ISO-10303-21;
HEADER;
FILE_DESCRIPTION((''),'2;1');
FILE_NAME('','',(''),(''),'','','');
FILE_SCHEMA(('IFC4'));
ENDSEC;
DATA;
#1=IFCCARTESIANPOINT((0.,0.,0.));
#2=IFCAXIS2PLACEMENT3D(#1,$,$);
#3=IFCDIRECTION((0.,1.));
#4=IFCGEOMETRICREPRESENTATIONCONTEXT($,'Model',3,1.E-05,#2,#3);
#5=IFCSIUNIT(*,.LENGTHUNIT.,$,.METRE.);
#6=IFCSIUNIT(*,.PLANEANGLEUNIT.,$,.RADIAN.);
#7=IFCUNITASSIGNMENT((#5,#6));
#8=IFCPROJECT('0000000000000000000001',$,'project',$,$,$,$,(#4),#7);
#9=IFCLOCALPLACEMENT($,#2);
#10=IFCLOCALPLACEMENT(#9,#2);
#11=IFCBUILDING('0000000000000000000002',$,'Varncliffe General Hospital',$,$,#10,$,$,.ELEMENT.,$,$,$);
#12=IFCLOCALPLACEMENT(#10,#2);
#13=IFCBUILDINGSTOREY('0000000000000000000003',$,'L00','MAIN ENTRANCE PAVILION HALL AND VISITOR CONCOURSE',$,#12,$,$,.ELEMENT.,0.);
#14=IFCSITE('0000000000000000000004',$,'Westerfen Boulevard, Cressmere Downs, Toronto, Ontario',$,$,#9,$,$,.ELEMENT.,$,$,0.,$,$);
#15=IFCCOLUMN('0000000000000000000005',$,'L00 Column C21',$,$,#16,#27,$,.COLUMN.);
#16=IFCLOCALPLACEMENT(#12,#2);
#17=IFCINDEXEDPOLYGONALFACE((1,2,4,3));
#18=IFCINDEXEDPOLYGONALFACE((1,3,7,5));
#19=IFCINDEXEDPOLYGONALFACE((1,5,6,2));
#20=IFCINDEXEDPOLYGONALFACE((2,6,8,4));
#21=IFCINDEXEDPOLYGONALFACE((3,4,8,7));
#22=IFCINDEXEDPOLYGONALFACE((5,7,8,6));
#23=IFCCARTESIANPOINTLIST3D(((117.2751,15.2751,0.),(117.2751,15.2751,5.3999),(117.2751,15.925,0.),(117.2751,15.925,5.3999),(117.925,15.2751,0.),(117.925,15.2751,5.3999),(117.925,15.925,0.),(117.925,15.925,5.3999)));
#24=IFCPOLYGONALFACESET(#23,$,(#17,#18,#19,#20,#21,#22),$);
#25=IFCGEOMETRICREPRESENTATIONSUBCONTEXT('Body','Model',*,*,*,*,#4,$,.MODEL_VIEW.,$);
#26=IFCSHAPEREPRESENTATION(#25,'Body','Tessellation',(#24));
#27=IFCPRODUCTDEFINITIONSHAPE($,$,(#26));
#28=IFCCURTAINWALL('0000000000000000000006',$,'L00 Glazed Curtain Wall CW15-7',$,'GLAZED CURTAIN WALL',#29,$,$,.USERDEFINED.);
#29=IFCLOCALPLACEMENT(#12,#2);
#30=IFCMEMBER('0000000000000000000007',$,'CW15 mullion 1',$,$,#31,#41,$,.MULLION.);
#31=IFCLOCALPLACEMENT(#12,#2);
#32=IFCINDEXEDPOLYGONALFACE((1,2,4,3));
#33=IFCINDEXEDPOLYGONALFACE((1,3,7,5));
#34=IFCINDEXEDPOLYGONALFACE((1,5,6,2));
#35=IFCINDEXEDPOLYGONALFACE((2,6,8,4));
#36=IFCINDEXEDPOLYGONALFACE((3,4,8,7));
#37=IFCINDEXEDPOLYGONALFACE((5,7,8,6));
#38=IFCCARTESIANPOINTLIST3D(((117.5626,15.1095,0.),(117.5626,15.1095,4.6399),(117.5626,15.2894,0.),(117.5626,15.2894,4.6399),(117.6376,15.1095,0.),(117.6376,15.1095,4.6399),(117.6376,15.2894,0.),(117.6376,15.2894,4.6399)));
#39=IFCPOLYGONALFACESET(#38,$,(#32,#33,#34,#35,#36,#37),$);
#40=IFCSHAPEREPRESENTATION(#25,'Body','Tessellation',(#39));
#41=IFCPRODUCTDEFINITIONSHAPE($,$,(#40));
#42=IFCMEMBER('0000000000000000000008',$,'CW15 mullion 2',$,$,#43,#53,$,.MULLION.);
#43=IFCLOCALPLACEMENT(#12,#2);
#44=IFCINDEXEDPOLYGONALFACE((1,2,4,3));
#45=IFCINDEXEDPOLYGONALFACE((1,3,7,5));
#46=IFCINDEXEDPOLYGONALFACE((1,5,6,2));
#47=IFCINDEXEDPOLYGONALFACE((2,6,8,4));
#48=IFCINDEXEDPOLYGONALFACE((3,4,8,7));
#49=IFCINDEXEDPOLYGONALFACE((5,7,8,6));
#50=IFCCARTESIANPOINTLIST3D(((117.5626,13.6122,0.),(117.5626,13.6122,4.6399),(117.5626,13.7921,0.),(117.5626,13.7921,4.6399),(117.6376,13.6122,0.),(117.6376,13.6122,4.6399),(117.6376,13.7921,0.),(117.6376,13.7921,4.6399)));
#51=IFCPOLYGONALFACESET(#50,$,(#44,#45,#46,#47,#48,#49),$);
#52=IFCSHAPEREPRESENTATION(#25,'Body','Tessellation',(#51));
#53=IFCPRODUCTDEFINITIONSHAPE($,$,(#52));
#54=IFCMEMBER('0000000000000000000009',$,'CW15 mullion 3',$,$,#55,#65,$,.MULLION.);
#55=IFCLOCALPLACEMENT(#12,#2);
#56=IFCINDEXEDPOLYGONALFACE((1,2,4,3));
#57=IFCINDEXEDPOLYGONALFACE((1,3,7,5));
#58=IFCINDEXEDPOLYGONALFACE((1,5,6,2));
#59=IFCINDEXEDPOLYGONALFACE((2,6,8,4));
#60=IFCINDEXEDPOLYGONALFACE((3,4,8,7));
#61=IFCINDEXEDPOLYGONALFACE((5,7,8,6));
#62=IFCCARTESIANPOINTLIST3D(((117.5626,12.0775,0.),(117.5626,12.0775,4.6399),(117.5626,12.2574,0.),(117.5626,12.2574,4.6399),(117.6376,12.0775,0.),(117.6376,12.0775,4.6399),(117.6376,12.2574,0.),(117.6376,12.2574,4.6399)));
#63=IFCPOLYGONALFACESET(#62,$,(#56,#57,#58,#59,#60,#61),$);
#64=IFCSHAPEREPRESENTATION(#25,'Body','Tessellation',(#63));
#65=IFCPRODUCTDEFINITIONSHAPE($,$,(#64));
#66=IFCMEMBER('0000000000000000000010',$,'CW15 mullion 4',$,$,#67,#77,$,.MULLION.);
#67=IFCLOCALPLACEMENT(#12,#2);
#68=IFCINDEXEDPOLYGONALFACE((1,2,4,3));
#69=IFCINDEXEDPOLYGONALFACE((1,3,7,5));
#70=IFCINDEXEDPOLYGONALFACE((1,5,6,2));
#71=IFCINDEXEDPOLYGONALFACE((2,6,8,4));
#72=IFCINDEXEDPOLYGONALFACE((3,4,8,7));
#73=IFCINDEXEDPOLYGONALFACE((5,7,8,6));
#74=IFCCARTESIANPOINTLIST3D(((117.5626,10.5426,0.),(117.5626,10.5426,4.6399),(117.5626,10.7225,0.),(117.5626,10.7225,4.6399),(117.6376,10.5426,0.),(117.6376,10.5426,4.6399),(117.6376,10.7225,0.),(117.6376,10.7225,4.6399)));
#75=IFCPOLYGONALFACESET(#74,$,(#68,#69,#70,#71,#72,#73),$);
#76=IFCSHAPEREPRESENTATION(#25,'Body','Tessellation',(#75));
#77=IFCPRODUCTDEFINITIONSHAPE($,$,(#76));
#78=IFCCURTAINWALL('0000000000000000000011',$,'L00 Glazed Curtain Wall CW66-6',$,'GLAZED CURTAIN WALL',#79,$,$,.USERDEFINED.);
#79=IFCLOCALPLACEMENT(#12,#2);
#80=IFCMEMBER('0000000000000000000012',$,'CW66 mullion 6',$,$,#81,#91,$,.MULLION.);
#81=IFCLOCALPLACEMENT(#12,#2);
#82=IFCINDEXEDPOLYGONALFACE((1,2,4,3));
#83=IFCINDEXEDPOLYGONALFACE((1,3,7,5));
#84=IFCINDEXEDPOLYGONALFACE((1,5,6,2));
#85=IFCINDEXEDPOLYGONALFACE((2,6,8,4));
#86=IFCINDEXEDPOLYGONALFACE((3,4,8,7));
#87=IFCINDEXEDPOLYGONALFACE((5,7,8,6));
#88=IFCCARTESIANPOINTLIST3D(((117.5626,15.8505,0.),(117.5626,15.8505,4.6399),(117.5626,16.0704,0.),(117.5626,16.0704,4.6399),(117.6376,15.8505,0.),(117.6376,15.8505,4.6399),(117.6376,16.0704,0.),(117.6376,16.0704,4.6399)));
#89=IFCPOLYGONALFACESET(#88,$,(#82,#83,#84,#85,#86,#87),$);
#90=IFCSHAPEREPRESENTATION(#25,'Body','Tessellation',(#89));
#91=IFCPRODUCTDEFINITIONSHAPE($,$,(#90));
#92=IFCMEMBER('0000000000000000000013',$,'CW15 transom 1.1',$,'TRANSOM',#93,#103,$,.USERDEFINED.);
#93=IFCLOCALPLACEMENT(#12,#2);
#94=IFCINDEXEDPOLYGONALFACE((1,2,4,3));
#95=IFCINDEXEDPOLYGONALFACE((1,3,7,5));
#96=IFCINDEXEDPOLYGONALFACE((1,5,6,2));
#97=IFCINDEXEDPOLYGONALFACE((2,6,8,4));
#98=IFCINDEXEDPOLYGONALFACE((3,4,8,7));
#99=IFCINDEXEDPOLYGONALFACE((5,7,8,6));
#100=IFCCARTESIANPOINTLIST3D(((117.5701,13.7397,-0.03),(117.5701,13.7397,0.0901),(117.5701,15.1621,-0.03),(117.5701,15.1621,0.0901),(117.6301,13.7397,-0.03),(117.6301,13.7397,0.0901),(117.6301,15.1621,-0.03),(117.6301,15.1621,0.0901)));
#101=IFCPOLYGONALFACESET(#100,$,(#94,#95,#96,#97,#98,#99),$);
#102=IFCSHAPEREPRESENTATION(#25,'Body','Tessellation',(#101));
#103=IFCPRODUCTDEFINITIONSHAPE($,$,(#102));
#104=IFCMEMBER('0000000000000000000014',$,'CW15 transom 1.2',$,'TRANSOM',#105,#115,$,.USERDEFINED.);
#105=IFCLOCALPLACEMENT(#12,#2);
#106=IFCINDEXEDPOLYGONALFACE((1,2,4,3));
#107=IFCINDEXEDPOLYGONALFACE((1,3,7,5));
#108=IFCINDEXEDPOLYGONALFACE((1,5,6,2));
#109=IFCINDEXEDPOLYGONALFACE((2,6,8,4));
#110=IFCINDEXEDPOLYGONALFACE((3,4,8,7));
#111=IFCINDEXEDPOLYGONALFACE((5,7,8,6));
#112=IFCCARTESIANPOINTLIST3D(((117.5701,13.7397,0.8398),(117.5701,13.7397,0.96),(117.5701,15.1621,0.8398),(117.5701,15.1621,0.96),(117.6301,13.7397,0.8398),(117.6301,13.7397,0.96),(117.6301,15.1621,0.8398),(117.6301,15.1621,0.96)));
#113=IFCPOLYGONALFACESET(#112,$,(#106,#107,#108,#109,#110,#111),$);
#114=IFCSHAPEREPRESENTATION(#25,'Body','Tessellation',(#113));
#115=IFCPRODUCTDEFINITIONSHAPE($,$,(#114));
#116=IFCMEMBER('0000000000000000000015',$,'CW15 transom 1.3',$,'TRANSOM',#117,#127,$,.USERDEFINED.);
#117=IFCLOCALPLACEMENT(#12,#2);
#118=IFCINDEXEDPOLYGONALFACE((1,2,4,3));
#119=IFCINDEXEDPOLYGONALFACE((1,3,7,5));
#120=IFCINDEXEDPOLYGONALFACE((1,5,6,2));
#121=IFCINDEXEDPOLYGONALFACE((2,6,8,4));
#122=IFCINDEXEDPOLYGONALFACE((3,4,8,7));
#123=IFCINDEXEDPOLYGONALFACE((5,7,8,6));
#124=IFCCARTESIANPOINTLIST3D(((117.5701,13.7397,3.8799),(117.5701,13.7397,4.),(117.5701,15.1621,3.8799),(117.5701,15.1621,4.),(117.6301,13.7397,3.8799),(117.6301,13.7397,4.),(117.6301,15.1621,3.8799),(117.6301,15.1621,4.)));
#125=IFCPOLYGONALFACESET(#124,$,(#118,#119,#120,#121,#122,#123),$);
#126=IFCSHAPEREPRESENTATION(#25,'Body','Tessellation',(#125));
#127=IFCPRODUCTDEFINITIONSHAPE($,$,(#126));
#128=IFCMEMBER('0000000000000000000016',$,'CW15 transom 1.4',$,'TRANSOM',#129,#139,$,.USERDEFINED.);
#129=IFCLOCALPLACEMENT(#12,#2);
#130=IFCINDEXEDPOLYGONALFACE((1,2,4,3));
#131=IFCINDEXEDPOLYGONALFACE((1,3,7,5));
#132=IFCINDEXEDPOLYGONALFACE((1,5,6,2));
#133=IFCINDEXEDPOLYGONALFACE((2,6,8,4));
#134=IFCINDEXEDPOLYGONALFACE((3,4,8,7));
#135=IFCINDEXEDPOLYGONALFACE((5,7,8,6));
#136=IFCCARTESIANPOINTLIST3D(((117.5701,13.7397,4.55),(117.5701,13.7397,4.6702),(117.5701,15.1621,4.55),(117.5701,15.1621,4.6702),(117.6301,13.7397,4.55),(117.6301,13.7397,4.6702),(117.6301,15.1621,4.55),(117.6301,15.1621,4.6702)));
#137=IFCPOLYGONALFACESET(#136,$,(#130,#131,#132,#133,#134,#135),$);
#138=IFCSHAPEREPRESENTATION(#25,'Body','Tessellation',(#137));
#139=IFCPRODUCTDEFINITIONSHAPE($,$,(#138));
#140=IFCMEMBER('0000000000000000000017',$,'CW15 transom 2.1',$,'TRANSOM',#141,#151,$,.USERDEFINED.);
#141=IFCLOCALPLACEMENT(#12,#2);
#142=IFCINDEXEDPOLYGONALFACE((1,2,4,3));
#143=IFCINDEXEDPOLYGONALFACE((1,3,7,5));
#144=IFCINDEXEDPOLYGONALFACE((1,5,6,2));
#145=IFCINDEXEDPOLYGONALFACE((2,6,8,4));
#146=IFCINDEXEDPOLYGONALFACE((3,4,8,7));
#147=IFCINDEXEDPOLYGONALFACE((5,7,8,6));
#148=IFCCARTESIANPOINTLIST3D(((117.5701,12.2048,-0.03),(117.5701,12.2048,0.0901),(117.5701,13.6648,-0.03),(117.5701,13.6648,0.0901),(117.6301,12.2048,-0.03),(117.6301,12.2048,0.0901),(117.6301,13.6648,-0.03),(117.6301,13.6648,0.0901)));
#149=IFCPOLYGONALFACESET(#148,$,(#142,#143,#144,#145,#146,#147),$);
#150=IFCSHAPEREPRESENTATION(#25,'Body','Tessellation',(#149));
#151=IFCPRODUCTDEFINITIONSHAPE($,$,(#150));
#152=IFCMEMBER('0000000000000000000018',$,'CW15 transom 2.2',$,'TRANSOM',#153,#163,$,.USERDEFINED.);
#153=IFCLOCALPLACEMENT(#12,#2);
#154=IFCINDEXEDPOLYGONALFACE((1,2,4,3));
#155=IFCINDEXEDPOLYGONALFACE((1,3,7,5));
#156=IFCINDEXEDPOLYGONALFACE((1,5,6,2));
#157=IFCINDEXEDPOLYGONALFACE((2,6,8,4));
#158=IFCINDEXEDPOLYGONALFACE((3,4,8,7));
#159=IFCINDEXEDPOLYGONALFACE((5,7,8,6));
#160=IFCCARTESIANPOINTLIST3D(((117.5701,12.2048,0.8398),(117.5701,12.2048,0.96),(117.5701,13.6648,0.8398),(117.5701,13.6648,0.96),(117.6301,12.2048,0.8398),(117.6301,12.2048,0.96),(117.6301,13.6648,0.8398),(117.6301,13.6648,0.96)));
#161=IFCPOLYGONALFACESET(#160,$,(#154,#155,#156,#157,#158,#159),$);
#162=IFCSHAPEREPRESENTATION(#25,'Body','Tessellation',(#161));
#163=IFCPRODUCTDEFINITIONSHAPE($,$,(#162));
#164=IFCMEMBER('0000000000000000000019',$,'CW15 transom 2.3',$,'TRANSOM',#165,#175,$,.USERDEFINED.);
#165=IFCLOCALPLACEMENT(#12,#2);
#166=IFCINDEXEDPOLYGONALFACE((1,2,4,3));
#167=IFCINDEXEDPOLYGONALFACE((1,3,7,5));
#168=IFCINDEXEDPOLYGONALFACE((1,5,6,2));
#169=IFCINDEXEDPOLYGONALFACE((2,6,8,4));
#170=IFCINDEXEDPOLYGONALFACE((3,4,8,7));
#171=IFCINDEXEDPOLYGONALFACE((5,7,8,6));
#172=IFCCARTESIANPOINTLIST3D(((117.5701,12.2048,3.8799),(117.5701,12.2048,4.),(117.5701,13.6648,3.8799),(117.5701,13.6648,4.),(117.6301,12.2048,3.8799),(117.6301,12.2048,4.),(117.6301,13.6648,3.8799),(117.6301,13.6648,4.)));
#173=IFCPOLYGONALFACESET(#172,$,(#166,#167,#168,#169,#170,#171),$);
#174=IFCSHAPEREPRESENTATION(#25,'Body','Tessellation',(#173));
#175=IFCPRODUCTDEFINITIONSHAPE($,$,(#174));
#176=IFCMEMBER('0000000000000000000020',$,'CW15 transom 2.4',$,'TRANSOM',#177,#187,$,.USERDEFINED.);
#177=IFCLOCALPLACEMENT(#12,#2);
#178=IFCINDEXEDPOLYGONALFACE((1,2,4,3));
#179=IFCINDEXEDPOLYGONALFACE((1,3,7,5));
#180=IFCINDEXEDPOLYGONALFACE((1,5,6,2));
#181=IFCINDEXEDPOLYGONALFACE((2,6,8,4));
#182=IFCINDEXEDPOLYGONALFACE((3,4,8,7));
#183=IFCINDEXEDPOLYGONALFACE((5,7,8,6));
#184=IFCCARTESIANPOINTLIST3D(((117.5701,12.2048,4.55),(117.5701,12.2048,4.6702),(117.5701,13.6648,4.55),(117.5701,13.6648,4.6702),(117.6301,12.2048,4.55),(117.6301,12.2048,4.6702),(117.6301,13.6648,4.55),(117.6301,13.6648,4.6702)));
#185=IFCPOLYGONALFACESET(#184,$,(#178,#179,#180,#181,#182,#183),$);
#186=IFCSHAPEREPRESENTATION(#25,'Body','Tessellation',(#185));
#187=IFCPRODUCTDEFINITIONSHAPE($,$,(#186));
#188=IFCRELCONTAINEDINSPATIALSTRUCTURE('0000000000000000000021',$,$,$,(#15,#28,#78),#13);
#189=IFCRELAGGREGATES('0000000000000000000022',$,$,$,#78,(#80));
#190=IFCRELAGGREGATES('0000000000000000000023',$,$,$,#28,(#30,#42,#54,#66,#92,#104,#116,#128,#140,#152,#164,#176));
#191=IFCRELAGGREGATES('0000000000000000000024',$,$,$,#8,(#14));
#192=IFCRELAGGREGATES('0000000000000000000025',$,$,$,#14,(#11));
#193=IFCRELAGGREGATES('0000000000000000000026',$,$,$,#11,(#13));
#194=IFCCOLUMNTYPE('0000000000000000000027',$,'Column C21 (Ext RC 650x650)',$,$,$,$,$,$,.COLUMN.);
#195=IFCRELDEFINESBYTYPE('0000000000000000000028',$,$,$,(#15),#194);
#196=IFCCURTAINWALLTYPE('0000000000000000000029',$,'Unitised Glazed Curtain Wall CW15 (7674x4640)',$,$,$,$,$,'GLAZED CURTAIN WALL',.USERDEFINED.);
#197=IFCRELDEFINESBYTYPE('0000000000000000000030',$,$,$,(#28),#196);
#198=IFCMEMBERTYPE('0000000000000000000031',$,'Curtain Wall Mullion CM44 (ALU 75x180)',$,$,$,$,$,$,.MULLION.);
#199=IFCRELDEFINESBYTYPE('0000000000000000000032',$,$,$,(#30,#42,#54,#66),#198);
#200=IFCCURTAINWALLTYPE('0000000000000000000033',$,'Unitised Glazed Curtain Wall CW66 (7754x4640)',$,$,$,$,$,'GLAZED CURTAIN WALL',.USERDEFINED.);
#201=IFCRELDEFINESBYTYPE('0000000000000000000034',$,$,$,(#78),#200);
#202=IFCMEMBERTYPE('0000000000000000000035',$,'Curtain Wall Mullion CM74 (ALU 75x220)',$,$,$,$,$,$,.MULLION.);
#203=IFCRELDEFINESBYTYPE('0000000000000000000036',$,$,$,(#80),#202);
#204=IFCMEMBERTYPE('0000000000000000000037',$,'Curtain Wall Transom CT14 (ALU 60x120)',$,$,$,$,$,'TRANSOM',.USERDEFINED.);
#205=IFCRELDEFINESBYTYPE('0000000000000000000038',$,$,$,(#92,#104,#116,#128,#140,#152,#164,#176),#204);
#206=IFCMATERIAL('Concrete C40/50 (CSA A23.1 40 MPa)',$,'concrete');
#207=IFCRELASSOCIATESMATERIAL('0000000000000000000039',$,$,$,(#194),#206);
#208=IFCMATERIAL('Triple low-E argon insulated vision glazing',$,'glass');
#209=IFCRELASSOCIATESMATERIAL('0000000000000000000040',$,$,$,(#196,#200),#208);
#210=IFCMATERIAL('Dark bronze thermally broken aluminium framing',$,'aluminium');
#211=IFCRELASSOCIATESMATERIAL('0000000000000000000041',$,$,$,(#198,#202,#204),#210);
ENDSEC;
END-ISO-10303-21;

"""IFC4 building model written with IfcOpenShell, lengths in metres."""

from ifc_helpers import new_model, si_unit, direction, frame, origin, origin_2d, place, context, subcontext, project, spatial, rectangle, extrude, material, material_profile, profile_set, type_object, element, aggregate, save


model = new_model("IFC4")

# Units and contexts
model_context = context("Model", 3, precision=1e-05, world=origin(), true_north=direction((0.0, 1.0)))
body_context = subcontext(model_context, "Body", "Model", "MODEL_VIEW")
ifc_project = project(units=[si_unit("LENGTHUNIT", "METRE"), si_unit("PLANEANGLEUNIT", "RADIAN")], contexts=[model_context])

# Site, building, storey
site_placement = place(None, origin())
site = spatial("IfcSite", under=ifc_project, at=site_placement, Name="Westerfen Boulevard, Cressmere Downs, Toronto, Ontario", CompositionType="ELEMENT", RefElevation=0.0)
building_placement = place(site_placement, origin())
building = spatial("IfcBuilding", under=site, at=building_placement, Name="Varncliffe General Hospital", CompositionType="ELEMENT")
storey_placement = place(building_placement, origin())
storey = spatial("IfcBuildingStorey", under=building, at=storey_placement, Name="L00", Description="MAIN ENTRANCE PAVILION HALL AND VISITOR CONCOURSE", CompositionType="ELEMENT", Elevation=0.0)

# Column
ifc_material_1 = material(Name="Concrete C40/50 (CSA A23.1 40 MPa)", Category="concrete")
ifc_material_profile_1 = material_profile(ifc_material_1, rectangle(XDim=0.6499, YDim=0.6499, at=origin_2d()), Name="RC 650x650")
ifc_profile_set_1 = profile_set([ifc_material_profile_1], Name="Concrete C40/50 (CSA A23.1 40 MPa)")
column_type = type_object("IfcColumnType", Name="Column C21 (Ext RC 650x650)", PredefinedType="COLUMN", material=ifc_profile_set_1)
column_placement = place(storey_placement, frame((117.6001, 15.6001, 0.0), z_axis=(0.0, 0.0, 1.0), x_axis=(1.0, 0.0, 0.0)))
element("IfcColumn", 1, at=column_placement, inside=storey, type_object=column_type, Name="L00 Column C21", PredefinedType="COLUMN", context=body_context, shape_type="SweptSolid", body=[
    extrude(rectangle(XDim=0.6499, YDim=0.6499, at=origin_2d()), origin(), (0.0, 0.0, 1.0), 5.3999),
])

# Curtain wall, members
ifc_material_2 = material(Name="Triple low-E argon insulated vision glazing", Category="glass")
curtain_wall_type_1 = type_object("IfcCurtainWallType", Name="Unitised Glazed Curtain Wall CW15 (7674x4640)", ElementType="GLAZED CURTAIN WALL", PredefinedType="USERDEFINED", material=ifc_material_2)
curtain_wall_1_placement = place(storey_placement, origin())
curtain_wall_1 = element("IfcCurtainWall", 2, at=curtain_wall_1_placement, inside=storey, type_object=curtain_wall_type_1, Name="L00 Glazed Curtain Wall CW15-7", ObjectType="GLAZED CURTAIN WALL", PredefinedType="USERDEFINED")
ifc_material_3 = material(Name="Dark bronze thermally broken aluminium framing", Category="aluminium")
ifc_material_profile_2 = material_profile(ifc_material_3, rectangle(XDim=0.075, YDim=0.1799, at=origin_2d()), Name="ALU 75x180")
ifc_profile_set_2 = profile_set([ifc_material_profile_2], Name="Dark bronze thermally broken aluminium framing")
member_type_1 = type_object("IfcMemberType", Name="Curtain Wall Mullion CM44 (ALU 75x180)", PredefinedType="MULLION", material=ifc_profile_set_2)
member_1_placement = place(storey_placement, frame((117.6001, 15.1995, 0.0), z_axis=(0.0, 0.0, 1.0), x_axis=(1.0, 0.0, 0.0)))
member_1 = element("IfcMember", 3, at=member_1_placement, type_object=member_type_1, Name="CW15 mullion 1", PredefinedType="MULLION", context=body_context, shape_type="SweptSolid", body=[
    extrude(rectangle(XDim=0.075, YDim=0.1799, at=origin_2d()), origin(), (0.0, 0.0, 1.0), 4.6399),
])
member_2_placement = place(storey_placement, frame((117.6001, 13.7021, 0.0), z_axis=(0.0, 0.0, 1.0), x_axis=(1.0, 0.0, 0.0)))
member_2 = element("IfcMember", 4, at=member_2_placement, type_object=member_type_1, Name="CW15 mullion 2", PredefinedType="MULLION", context=body_context, shape_type="SweptSolid", body=[
    extrude(rectangle(XDim=0.075, YDim=0.1799, at=origin_2d()), origin(), (0.0, 0.0, 1.0), 4.6399),
])
member_3_placement = place(storey_placement, frame((117.6001, 12.1675, 0.0), z_axis=(0.0, 0.0, 1.0), x_axis=(1.0, 0.0, 0.0)))
member_3 = element("IfcMember", 5, at=member_3_placement, type_object=member_type_1, Name="CW15 mullion 3", PredefinedType="MULLION", context=body_context, shape_type="SweptSolid", body=[
    extrude(rectangle(XDim=0.075, YDim=0.1799, at=origin_2d()), origin(), (0.0, 0.0, 1.0), 4.6399),
])
member_4_placement = place(storey_placement, frame((117.6001, 10.6326, 0.0), z_axis=(0.0, 0.0, 1.0), x_axis=(1.0, 0.0, 0.0)))
member_4 = element("IfcMember", 6, at=member_4_placement, type_object=member_type_1, Name="CW15 mullion 4", PredefinedType="MULLION", context=body_context, shape_type="SweptSolid", body=[
    extrude(rectangle(XDim=0.075, YDim=0.1799, at=origin_2d()), origin(), (0.0, 0.0, 1.0), 4.6399),
])

# Curtain wall, member
curtain_wall_type_2 = type_object("IfcCurtainWallType", Name="Unitised Glazed Curtain Wall CW66 (7754x4640)", ElementType="GLAZED CURTAIN WALL", PredefinedType="USERDEFINED", material=ifc_material_2)
curtain_wall_2_placement = place(storey_placement, origin())
curtain_wall_2 = element("IfcCurtainWall", 7, at=curtain_wall_2_placement, inside=storey, type_object=curtain_wall_type_2, Name="L00 Glazed Curtain Wall CW66-6", ObjectType="GLAZED CURTAIN WALL", PredefinedType="USERDEFINED")
ifc_material_profile_3 = material_profile(ifc_material_3, rectangle(XDim=0.075, YDim=0.22, at=origin_2d()), Name="ALU 75x220")
ifc_profile_set_3 = profile_set([ifc_material_profile_3], Name="Dark bronze thermally broken aluminium framing")
member_type_2 = type_object("IfcMemberType", Name="Curtain Wall Mullion CM74 (ALU 75x220)", PredefinedType="MULLION", material=ifc_profile_set_3)
member_5_placement = place(storey_placement, frame((117.6001, 15.9604, 0.0), z_axis=(0.0, 0.0, 1.0), x_axis=(1.0, 0.0, 0.0)))
member_5 = element("IfcMember", 8, at=member_5_placement, type_object=member_type_2, Name="CW66 mullion 6", PredefinedType="MULLION", context=body_context, shape_type="SweptSolid", body=[
    extrude(rectangle(XDim=0.075, YDim=0.22, at=origin_2d()), origin(), (0.0, 0.0, 1.0), 4.6399),
])
aggregate(curtain_wall_2, [member_5])

# Members
ifc_material_profile_4 = material_profile(ifc_material_3, rectangle(XDim=0.0601, YDim=0.1201, at=origin_2d()), Name="ALU 60x120")
ifc_profile_set_4 = profile_set([ifc_material_profile_4], Name="Dark bronze thermally broken aluminium framing")
member_type_3 = type_object("IfcMemberType", Name="Curtain Wall Transom CT14 (ALU 60x120)", ElementType="TRANSOM", PredefinedType="USERDEFINED", material=ifc_profile_set_4)
member_6_placement = place(storey_placement, frame((117.6001, 15.1621, 0.03), z_axis=(0.0, -1.0, 0.0), x_axis=(1.0, 0.0, 0.0)))
member_6 = element("IfcMember", 9, at=member_6_placement, type_object=member_type_3, Name="CW15 transom 1.1", ObjectType="TRANSOM", PredefinedType="USERDEFINED", context=body_context, shape_type="SweptSolid", body=[
    extrude(rectangle(XDim=0.0601, YDim=0.1201, at=origin_2d()), origin(), (0.0, 0.0, 1.0), 1.4224),
])
member_7_placement = place(storey_placement, frame((117.6001, 15.1621, 0.8999), z_axis=(0.0, -1.0, 0.0), x_axis=(1.0, 0.0, 0.0)))
member_7 = element("IfcMember", 10, at=member_7_placement, type_object=member_type_3, Name="CW15 transom 1.2", ObjectType="TRANSOM", PredefinedType="USERDEFINED", context=body_context, shape_type="SweptSolid", body=[
    extrude(rectangle(XDim=0.0601, YDim=0.1201, at=origin_2d()), origin(), (0.0, 0.0, 1.0), 1.4224),
])
member_8_placement = place(storey_placement, frame((117.6001, 15.1621, 3.9399), z_axis=(0.0, -1.0, 0.0), x_axis=(1.0, 0.0, 0.0)))
member_8 = element("IfcMember", 11, at=member_8_placement, type_object=member_type_3, Name="CW15 transom 1.3", ObjectType="TRANSOM", PredefinedType="USERDEFINED", context=body_context, shape_type="SweptSolid", body=[
    extrude(rectangle(XDim=0.0601, YDim=0.1201, at=origin_2d()), origin(), (0.0, 0.0, 1.0), 1.4224),
])
member_9_placement = place(storey_placement, frame((117.6001, 15.1621, 4.6101), z_axis=(0.0, -1.0, 0.0), x_axis=(1.0, 0.0, 0.0)))
member_9 = element("IfcMember", 12, at=member_9_placement, type_object=member_type_3, Name="CW15 transom 1.4", ObjectType="TRANSOM", PredefinedType="USERDEFINED", context=body_context, shape_type="SweptSolid", body=[
    extrude(rectangle(XDim=0.0601, YDim=0.1201, at=origin_2d()), origin(), (0.0, 0.0, 1.0), 1.4224),
])
member_10_placement = place(storey_placement, frame((117.6001, 13.6648, 0.03), z_axis=(0.0, -1.0, 0.0), x_axis=(1.0, 0.0, 0.0)))
member_10 = element("IfcMember", 13, at=member_10_placement, type_object=member_type_3, Name="CW15 transom 2.1", ObjectType="TRANSOM", PredefinedType="USERDEFINED", context=body_context, shape_type="SweptSolid", body=[
    extrude(rectangle(XDim=0.0601, YDim=0.1201, at=origin_2d()), origin(), (0.0, 0.0, 1.0), 1.46),
])
member_11_placement = place(storey_placement, frame((117.6001, 13.6648, 0.8999), z_axis=(0.0, -1.0, 0.0), x_axis=(1.0, 0.0, 0.0)))
member_11 = element("IfcMember", 14, at=member_11_placement, type_object=member_type_3, Name="CW15 transom 2.2", ObjectType="TRANSOM", PredefinedType="USERDEFINED", context=body_context, shape_type="SweptSolid", body=[
    extrude(rectangle(XDim=0.0601, YDim=0.1201, at=origin_2d()), origin(), (0.0, 0.0, 1.0), 1.46),
])
member_12_placement = place(storey_placement, frame((117.6001, 13.6648, 3.9399), z_axis=(0.0, -1.0, 0.0), x_axis=(1.0, 0.0, 0.0)))
member_12 = element("IfcMember", 15, at=member_12_placement, type_object=member_type_3, Name="CW15 transom 2.3", ObjectType="TRANSOM", PredefinedType="USERDEFINED", context=body_context, shape_type="SweptSolid", body=[
    extrude(rectangle(XDim=0.0601, YDim=0.1201, at=origin_2d()), origin(), (0.0, 0.0, 1.0), 1.46),
])
member_13_placement = place(storey_placement, frame((117.6001, 13.6648, 4.6101), z_axis=(0.0, -1.0, 0.0), x_axis=(1.0, 0.0, 0.0)))
member_13 = element("IfcMember", 16, at=member_13_placement, type_object=member_type_3, Name="CW15 transom 2.4", ObjectType="TRANSOM", PredefinedType="USERDEFINED", context=body_context, shape_type="SweptSolid", body=[
    extrude(rectangle(XDim=0.0601, YDim=0.1201, at=origin_2d()), origin(), (0.0, 0.0, 1.0), 1.46),
])

aggregate(curtain_wall_1, [member_1, member_2, member_3, member_4, member_6, member_7, member_8, member_9, member_10, member_11, member_12, member_13])

save(model, "model.ifc")
